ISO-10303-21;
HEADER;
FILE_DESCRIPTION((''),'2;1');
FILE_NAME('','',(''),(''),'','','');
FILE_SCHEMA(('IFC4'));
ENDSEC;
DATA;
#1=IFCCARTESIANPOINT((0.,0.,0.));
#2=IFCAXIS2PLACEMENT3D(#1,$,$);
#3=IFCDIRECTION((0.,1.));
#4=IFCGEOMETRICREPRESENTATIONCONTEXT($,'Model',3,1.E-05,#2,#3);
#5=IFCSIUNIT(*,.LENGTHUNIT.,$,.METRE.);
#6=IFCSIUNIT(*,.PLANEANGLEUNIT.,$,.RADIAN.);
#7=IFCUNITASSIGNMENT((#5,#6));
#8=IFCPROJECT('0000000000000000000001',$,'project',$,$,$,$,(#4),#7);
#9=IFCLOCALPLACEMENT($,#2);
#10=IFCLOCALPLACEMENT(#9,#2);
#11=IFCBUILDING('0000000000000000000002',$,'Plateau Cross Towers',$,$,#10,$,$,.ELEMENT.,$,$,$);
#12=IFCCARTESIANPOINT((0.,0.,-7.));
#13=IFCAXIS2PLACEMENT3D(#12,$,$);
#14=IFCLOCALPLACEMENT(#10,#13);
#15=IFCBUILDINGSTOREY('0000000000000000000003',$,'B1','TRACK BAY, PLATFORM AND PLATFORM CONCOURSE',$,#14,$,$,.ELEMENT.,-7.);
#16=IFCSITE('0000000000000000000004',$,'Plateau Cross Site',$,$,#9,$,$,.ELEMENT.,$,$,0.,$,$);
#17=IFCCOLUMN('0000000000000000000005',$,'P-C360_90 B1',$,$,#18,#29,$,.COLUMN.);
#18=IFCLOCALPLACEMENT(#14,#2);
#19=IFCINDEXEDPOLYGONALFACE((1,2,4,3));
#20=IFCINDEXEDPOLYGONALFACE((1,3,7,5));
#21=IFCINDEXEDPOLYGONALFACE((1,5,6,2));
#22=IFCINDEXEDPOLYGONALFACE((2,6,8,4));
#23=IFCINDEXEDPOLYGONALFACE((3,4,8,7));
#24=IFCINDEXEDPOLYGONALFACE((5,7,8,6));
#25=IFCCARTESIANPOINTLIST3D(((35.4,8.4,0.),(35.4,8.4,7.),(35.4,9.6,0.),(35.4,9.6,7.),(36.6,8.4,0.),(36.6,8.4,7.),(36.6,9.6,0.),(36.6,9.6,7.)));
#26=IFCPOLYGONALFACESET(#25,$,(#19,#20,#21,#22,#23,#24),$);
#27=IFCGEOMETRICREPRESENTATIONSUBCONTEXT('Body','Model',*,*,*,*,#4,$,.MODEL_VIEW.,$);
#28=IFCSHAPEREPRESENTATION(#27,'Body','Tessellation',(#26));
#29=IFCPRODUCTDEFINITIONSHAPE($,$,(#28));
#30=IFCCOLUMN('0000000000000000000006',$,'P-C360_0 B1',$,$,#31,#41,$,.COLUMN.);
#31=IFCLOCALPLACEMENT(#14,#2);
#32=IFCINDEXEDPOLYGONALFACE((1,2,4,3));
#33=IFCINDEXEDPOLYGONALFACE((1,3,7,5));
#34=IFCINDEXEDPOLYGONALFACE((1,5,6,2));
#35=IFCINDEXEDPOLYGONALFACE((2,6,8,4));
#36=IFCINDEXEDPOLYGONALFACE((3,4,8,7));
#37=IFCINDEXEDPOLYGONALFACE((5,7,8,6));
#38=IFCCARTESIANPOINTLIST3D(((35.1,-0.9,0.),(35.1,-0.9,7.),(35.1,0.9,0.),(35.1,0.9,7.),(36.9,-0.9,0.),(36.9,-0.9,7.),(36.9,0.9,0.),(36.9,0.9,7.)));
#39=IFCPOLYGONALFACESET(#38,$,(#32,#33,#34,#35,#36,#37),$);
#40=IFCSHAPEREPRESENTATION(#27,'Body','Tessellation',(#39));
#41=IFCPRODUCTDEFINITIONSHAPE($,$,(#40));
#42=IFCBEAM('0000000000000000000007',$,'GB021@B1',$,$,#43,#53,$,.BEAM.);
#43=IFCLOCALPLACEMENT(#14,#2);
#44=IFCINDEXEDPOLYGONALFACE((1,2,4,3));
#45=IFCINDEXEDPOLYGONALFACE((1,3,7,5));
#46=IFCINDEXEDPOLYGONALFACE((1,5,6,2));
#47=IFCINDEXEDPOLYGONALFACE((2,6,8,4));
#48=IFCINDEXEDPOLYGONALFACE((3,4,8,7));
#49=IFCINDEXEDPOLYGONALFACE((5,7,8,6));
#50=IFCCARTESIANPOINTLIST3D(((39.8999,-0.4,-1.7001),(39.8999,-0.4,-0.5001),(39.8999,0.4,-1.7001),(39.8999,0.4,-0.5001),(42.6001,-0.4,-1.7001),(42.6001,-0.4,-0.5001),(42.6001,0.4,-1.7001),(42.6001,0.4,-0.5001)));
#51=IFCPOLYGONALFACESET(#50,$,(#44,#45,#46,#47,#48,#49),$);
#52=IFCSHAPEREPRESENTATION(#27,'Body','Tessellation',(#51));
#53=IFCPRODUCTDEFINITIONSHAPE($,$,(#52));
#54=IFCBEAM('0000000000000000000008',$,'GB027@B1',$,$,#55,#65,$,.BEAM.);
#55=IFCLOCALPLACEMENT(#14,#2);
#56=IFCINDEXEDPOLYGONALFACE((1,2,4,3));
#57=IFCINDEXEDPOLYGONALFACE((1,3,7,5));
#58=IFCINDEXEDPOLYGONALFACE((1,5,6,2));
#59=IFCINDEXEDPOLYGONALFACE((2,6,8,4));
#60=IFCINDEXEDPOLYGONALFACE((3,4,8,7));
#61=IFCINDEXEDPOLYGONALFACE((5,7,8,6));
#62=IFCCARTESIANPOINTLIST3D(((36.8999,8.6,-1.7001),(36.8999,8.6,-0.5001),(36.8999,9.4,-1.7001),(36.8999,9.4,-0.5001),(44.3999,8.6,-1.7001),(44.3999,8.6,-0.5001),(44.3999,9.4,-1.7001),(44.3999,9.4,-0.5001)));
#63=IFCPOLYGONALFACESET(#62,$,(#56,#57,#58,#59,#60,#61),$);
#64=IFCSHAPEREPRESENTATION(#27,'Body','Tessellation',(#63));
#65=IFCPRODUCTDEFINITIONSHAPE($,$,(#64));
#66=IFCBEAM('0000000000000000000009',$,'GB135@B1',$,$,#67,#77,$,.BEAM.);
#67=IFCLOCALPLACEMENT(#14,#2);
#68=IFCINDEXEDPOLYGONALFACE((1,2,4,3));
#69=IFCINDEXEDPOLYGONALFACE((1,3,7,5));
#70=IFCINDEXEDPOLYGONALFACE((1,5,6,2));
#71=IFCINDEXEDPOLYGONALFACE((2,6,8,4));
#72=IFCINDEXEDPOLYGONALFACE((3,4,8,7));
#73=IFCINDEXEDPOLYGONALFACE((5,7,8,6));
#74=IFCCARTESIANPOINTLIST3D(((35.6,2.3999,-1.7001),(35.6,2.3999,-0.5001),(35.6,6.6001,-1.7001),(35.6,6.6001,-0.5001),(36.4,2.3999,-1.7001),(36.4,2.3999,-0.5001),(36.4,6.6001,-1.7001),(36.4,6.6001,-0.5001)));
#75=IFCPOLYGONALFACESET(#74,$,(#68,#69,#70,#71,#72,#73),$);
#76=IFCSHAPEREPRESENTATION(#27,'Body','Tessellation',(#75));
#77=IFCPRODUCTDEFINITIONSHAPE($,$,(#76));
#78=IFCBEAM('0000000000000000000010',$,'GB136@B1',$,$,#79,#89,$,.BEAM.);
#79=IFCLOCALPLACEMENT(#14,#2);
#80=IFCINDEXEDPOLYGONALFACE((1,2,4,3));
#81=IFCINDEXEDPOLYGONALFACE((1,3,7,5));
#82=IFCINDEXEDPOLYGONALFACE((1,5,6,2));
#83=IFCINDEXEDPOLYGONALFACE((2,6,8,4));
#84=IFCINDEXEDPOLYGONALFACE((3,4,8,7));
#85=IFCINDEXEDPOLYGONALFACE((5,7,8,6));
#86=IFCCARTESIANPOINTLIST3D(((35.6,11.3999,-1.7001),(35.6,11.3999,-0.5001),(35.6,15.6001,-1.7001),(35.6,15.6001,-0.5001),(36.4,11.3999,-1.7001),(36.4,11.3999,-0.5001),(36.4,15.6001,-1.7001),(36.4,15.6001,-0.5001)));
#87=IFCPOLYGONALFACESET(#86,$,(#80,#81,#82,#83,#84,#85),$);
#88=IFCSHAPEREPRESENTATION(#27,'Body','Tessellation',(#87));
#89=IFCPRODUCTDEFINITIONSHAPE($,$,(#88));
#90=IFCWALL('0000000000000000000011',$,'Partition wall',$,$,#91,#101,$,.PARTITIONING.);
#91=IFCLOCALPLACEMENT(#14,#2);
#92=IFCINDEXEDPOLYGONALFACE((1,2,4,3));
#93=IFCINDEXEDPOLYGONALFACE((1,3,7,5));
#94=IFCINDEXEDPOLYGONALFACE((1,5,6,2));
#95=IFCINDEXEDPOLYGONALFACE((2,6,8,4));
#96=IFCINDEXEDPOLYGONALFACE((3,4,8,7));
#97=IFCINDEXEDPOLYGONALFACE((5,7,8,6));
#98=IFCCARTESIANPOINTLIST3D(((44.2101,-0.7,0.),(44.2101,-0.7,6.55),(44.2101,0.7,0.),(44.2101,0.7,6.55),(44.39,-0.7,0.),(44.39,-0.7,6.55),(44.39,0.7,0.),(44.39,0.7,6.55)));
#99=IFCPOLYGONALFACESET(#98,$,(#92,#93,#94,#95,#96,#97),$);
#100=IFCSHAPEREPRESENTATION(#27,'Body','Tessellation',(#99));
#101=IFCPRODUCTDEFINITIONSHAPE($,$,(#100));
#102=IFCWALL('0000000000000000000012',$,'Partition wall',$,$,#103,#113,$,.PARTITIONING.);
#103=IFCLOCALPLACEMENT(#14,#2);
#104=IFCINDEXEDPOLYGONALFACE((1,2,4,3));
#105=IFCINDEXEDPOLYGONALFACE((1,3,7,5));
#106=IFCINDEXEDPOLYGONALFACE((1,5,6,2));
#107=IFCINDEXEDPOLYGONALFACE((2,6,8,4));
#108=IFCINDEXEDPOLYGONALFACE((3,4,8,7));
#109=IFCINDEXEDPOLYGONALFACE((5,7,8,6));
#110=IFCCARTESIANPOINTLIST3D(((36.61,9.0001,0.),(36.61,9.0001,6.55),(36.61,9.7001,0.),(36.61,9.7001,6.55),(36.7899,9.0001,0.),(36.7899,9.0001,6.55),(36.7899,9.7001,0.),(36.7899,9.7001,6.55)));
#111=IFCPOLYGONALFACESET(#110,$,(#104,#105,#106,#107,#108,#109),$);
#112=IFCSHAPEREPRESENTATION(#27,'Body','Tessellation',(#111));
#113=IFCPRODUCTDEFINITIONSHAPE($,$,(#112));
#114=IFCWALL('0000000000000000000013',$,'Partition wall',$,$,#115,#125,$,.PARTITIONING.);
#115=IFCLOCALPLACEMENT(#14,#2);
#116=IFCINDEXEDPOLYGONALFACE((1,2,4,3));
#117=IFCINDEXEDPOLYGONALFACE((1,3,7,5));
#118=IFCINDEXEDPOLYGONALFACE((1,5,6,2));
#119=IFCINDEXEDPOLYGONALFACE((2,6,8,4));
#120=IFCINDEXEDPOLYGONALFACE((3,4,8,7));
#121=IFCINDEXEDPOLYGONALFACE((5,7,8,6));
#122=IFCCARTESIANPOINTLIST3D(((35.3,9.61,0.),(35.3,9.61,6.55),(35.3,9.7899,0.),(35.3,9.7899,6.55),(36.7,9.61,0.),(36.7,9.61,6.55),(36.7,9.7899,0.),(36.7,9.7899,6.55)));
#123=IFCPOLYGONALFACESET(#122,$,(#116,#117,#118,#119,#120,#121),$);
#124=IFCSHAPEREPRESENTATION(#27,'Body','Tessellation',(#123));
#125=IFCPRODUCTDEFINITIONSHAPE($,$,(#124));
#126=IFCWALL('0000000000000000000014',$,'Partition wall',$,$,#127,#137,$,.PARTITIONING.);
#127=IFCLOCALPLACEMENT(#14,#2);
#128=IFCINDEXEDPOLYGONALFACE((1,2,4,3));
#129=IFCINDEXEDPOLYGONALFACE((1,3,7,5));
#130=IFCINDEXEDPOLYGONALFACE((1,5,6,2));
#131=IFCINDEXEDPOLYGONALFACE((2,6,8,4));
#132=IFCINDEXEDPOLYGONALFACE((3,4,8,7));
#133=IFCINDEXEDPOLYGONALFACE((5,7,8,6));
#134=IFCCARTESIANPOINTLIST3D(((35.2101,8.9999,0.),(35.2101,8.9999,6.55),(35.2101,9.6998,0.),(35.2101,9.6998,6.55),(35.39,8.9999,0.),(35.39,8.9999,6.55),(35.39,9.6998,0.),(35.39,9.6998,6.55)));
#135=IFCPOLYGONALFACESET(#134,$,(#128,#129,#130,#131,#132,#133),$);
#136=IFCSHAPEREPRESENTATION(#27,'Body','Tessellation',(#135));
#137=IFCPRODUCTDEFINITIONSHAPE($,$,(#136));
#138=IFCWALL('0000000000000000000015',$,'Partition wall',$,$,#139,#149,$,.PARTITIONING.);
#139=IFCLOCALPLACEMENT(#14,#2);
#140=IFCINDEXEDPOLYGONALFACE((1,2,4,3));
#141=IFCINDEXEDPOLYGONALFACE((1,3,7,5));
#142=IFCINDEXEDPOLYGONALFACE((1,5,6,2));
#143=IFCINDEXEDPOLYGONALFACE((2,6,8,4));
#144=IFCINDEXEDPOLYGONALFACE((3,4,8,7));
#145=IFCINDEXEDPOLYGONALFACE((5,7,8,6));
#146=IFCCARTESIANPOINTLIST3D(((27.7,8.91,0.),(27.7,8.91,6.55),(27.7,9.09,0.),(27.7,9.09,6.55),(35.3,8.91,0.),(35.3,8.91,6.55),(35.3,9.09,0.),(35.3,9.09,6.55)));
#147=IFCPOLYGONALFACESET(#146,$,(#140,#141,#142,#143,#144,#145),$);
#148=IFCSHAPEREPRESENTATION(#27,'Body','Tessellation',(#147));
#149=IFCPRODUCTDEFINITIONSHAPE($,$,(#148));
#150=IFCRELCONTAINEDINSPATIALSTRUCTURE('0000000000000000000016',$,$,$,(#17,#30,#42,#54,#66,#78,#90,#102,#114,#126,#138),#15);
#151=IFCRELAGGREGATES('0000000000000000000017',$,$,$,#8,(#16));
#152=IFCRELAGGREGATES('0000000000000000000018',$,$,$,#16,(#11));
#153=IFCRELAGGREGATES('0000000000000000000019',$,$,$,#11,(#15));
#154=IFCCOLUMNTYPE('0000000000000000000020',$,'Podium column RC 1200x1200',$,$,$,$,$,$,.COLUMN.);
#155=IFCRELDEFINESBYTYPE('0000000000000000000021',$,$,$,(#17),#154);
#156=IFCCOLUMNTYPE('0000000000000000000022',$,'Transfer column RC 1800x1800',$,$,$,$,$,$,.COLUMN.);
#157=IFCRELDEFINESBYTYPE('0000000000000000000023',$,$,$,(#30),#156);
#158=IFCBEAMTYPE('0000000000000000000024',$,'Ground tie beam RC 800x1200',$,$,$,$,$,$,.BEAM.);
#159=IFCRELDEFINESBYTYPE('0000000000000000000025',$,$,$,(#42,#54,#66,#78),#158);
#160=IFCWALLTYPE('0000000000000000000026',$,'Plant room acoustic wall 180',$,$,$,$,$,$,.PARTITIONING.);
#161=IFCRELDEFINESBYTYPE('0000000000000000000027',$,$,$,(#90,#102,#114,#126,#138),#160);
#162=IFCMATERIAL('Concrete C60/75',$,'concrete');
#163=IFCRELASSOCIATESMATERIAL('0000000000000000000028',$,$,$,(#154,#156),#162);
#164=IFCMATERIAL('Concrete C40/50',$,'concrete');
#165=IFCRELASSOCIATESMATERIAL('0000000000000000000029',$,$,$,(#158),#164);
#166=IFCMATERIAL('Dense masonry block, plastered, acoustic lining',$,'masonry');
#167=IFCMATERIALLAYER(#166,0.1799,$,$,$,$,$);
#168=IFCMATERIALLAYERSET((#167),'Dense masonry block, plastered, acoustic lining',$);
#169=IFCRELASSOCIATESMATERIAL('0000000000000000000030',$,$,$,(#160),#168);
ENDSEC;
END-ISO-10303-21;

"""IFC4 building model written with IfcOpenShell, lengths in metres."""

from ifc_helpers import new_model, si_unit, direction, frame, frame_2d, origin, origin_2d, place, context, subcontext, project, spatial, rectangle, extrude, material, layer, layer_set, material_profile, profile_set, type_object, element, save


model = new_model("IFC4")

# Units and contexts
model_context = context("Model", 3, precision=1e-05, world=origin(), true_north=direction((0.0, 1.0)))
body_context = subcontext(model_context, "Body", "Model", "MODEL_VIEW")
ifc_project = project(units=[si_unit("LENGTHUNIT", "METRE"), si_unit("PLANEANGLEUNIT", "RADIAN")], contexts=[model_context])

# Site, building, storey
site_placement = place(None, origin())
site = spatial("IfcSite", under=ifc_project, at=site_placement, Name="Plateau Cross Site", CompositionType="ELEMENT", RefElevation=0.0)
building_placement = place(site_placement, origin())
building = spatial("IfcBuilding", under=site, at=building_placement, Name="Plateau Cross Towers", CompositionType="ELEMENT")
storey_placement = place(building_placement, frame((0.0, 0.0, -7.0)))
storey = spatial("IfcBuildingStorey", under=building, at=storey_placement, Name="B1", Description="TRACK BAY, PLATFORM AND PLATFORM CONCOURSE", CompositionType="ELEMENT", Elevation=-7.0)

# Shared definitions
ifc_material_1 = material(Name="Concrete C40/50", Category="concrete")

# Columns
ifc_material_2 = material(Name="Concrete C60/75", Category="concrete")
ifc_material_profile_1 = material_profile(ifc_material_2, rectangle(XDim=1.2, YDim=1.2, at=origin_2d()), Name="RC 1200x1200")
ifc_profile_set_1 = profile_set([ifc_material_profile_1], Name="Concrete C60/75")
column_type_1 = type_object("IfcColumnType", Name="Podium column RC 1200x1200", PredefinedType="COLUMN", material=ifc_profile_set_1)
column_1_placement = place(storey_placement, frame((36.0, 9.0, 0.0), z_axis=(0.0, 0.0, 1.0), x_axis=(1.0, 0.0, 0.0)))
element("IfcColumn", 1, at=column_1_placement, inside=storey, type_object=column_type_1, Name="P-C360_90 B1", PredefinedType="COLUMN", context=body_context, shape_type="SweptSolid", body=[
    extrude(rectangle(XDim=1.2, YDim=1.2, at=origin_2d()), origin(), (0.0, 0.0, 1.0), 7.0),
])
ifc_material_profile_2 = material_profile(ifc_material_2, rectangle(XDim=1.8, YDim=1.8, at=origin_2d()), Name="RC 1800x1800")
ifc_profile_set_2 = profile_set([ifc_material_profile_2], Name="Concrete C60/75")
column_type_2 = type_object("IfcColumnType", Name="Transfer column RC 1800x1800", PredefinedType="COLUMN", material=ifc_profile_set_2)
column_2_placement = place(storey_placement, frame((36.0, 0.0, 0.0), z_axis=(0.0, 0.0, 1.0), x_axis=(1.0, 0.0, 0.0)))
element("IfcColumn", 2, at=column_2_placement, inside=storey, type_object=column_type_2, Name="P-C360_0 B1", PredefinedType="COLUMN", context=body_context, shape_type="SweptSolid", body=[
    extrude(rectangle(XDim=1.8, YDim=1.8, at=origin_2d()), origin(), (0.0, 0.0, 1.0), 7.0),
])

# Beams
ifc_material_profile_3 = material_profile(ifc_material_1, rectangle(XDim=0.8, YDim=1.2, at=origin_2d()), Name="RC 800x1200")
ifc_profile_set_3 = profile_set([ifc_material_profile_3], Name="Concrete C40/50")
beam_type = type_object("IfcBeamType", Name="Ground tie beam RC 800x1200", PredefinedType="BEAM", material=ifc_profile_set_3)
beam_1_placement = place(storey_placement, frame((39.8999, 0.0, -1.1001), z_axis=(1.0, 0.0, 0.0), x_axis=(0.0, 1.0, 0.0)))
element("IfcBeam", 3, at=beam_1_placement, inside=storey, type_object=beam_type, Name="GB021@B1", PredefinedType="BEAM", context=body_context, shape_type="SweptSolid", body=[
    extrude(rectangle(XDim=0.8, YDim=1.2, at=origin_2d()), origin(), (0.0, 0.0, 1.0), 2.7002),
])
beam_2_placement = place(storey_placement, frame((36.8999, 9.0, -1.1001), z_axis=(1.0, 0.0, 0.0), x_axis=(0.0, 1.0, 0.0)))
element("IfcBeam", 4, at=beam_2_placement, inside=storey, type_object=beam_type, Name="GB027@B1", PredefinedType="BEAM", context=body_context, shape_type="SweptSolid", body=[
    extrude(rectangle(XDim=0.8, YDim=1.2, at=origin_2d()), origin(), (0.0, 0.0, 1.0), 7.5),
])
for number, where, z_axis, x_axis, name in (
    (5, (36.0, 2.3999, -1.1001), (0.0, 1.0, 0.0), (-1.0, 0.0, 0.0), "GB135@B1"),
    (6, (36.0, 11.3999, -1.1001), (0.0, 1.0, 0.0), (-1.0, 0.0, 0.0), "GB136@B1"),
):
    element("IfcBeam", number, at=place(storey_placement, frame(where, z_axis=z_axis, x_axis=x_axis)), inside=storey, type_object=beam_type, Name=name, PredefinedType="BEAM", context=body_context, shape_type="SweptSolid", body=[
        extrude(rectangle(XDim=0.8, YDim=1.2, at=origin_2d()), origin(), (0.0, 0.0, 1.0), 4.2002),
    ])

# Walls
ifc_material_3 = material(Name="Dense masonry block, plastered, acoustic lining", Category="masonry")
ifc_layer = layer(ifc_material_3, 0.1799)
ifc_layer_set = layer_set([ifc_layer], Name="Dense masonry block, plastered, acoustic lining")
wall_type = type_object("IfcWallType", Name="Plant room acoustic wall 180", PredefinedType="PARTITIONING", material=ifc_layer_set)
wall_1_placement = place(storey_placement, frame((44.3, 0.7, 0.0), z_axis=(0.0, 0.0, 1.0), x_axis=(0.0, -1.0, 0.0)))
element("IfcWall", 7, at=wall_1_placement, inside=storey, type_object=wall_type, Name="Partition wall", PredefinedType="PARTITIONING", context=body_context, shape_type="SweptSolid", body=[
    extrude(rectangle(XDim=1.3999, YDim=0.1799, at=frame_2d((0.7, 0.0))), origin(), (0.0, 0.0, 1.0), 6.55),
])
wall_2_placement = place(storey_placement, frame((36.7, 9.0, 0.0), z_axis=(0.0, 0.0, 1.0), x_axis=(0.0, 1.0, 0.0)))
element("IfcWall", 8, at=wall_2_placement, inside=storey, type_object=wall_type, Name="Partition wall", PredefinedType="PARTITIONING", context=body_context, shape_type="SweptSolid", body=[
    extrude(rectangle(XDim=0.7, YDim=0.1799, at=frame_2d((0.3501, 0.0))), origin(), (0.0, 0.0, 1.0), 6.55),
])
wall_3_placement = place(storey_placement, frame((36.7, 9.7, 0.0), z_axis=(0.0, 0.0, 1.0), x_axis=(-1.0, 0.0, 0.0)))
element("IfcWall", 9, at=wall_3_placement, inside=storey, type_object=wall_type, Name="Partition wall", PredefinedType="PARTITIONING", context=body_context, shape_type="SweptSolid", body=[
    extrude(rectangle(XDim=1.3999, YDim=0.1799, at=frame_2d((0.7, 0.0))), origin(), (0.0, 0.0, 1.0), 6.55),
])
wall_4_placement = place(storey_placement, frame((35.3, 9.7, 0.0), z_axis=(0.0, 0.0, 1.0), x_axis=(0.0, -1.0, 0.0)))
element("IfcWall", 10, at=wall_4_placement, inside=storey, type_object=wall_type, Name="Partition wall", PredefinedType="PARTITIONING", context=body_context, shape_type="SweptSolid", body=[
    extrude(rectangle(XDim=0.7, YDim=0.1799, at=frame_2d((0.3501, 0.0))), origin(), (0.0, 0.0, 1.0), 6.55),
])
wall_5_placement = place(storey_placement, frame((35.3, 9.0, 0.0), z_axis=(0.0, 0.0, 1.0), x_axis=(-1.0, 0.0, 0.0)))
element("IfcWall", 11, at=wall_5_placement, inside=storey, type_object=wall_type, Name="Partition wall", PredefinedType="PARTITIONING", context=body_context, shape_type="SweptSolid", body=[
    extrude(rectangle(XDim=7.6001, YDim=0.1799, at=frame_2d((3.8, 0.0))), origin(), (0.0, 0.0, 1.0), 6.55),
])

save(model, "model.ifc")
